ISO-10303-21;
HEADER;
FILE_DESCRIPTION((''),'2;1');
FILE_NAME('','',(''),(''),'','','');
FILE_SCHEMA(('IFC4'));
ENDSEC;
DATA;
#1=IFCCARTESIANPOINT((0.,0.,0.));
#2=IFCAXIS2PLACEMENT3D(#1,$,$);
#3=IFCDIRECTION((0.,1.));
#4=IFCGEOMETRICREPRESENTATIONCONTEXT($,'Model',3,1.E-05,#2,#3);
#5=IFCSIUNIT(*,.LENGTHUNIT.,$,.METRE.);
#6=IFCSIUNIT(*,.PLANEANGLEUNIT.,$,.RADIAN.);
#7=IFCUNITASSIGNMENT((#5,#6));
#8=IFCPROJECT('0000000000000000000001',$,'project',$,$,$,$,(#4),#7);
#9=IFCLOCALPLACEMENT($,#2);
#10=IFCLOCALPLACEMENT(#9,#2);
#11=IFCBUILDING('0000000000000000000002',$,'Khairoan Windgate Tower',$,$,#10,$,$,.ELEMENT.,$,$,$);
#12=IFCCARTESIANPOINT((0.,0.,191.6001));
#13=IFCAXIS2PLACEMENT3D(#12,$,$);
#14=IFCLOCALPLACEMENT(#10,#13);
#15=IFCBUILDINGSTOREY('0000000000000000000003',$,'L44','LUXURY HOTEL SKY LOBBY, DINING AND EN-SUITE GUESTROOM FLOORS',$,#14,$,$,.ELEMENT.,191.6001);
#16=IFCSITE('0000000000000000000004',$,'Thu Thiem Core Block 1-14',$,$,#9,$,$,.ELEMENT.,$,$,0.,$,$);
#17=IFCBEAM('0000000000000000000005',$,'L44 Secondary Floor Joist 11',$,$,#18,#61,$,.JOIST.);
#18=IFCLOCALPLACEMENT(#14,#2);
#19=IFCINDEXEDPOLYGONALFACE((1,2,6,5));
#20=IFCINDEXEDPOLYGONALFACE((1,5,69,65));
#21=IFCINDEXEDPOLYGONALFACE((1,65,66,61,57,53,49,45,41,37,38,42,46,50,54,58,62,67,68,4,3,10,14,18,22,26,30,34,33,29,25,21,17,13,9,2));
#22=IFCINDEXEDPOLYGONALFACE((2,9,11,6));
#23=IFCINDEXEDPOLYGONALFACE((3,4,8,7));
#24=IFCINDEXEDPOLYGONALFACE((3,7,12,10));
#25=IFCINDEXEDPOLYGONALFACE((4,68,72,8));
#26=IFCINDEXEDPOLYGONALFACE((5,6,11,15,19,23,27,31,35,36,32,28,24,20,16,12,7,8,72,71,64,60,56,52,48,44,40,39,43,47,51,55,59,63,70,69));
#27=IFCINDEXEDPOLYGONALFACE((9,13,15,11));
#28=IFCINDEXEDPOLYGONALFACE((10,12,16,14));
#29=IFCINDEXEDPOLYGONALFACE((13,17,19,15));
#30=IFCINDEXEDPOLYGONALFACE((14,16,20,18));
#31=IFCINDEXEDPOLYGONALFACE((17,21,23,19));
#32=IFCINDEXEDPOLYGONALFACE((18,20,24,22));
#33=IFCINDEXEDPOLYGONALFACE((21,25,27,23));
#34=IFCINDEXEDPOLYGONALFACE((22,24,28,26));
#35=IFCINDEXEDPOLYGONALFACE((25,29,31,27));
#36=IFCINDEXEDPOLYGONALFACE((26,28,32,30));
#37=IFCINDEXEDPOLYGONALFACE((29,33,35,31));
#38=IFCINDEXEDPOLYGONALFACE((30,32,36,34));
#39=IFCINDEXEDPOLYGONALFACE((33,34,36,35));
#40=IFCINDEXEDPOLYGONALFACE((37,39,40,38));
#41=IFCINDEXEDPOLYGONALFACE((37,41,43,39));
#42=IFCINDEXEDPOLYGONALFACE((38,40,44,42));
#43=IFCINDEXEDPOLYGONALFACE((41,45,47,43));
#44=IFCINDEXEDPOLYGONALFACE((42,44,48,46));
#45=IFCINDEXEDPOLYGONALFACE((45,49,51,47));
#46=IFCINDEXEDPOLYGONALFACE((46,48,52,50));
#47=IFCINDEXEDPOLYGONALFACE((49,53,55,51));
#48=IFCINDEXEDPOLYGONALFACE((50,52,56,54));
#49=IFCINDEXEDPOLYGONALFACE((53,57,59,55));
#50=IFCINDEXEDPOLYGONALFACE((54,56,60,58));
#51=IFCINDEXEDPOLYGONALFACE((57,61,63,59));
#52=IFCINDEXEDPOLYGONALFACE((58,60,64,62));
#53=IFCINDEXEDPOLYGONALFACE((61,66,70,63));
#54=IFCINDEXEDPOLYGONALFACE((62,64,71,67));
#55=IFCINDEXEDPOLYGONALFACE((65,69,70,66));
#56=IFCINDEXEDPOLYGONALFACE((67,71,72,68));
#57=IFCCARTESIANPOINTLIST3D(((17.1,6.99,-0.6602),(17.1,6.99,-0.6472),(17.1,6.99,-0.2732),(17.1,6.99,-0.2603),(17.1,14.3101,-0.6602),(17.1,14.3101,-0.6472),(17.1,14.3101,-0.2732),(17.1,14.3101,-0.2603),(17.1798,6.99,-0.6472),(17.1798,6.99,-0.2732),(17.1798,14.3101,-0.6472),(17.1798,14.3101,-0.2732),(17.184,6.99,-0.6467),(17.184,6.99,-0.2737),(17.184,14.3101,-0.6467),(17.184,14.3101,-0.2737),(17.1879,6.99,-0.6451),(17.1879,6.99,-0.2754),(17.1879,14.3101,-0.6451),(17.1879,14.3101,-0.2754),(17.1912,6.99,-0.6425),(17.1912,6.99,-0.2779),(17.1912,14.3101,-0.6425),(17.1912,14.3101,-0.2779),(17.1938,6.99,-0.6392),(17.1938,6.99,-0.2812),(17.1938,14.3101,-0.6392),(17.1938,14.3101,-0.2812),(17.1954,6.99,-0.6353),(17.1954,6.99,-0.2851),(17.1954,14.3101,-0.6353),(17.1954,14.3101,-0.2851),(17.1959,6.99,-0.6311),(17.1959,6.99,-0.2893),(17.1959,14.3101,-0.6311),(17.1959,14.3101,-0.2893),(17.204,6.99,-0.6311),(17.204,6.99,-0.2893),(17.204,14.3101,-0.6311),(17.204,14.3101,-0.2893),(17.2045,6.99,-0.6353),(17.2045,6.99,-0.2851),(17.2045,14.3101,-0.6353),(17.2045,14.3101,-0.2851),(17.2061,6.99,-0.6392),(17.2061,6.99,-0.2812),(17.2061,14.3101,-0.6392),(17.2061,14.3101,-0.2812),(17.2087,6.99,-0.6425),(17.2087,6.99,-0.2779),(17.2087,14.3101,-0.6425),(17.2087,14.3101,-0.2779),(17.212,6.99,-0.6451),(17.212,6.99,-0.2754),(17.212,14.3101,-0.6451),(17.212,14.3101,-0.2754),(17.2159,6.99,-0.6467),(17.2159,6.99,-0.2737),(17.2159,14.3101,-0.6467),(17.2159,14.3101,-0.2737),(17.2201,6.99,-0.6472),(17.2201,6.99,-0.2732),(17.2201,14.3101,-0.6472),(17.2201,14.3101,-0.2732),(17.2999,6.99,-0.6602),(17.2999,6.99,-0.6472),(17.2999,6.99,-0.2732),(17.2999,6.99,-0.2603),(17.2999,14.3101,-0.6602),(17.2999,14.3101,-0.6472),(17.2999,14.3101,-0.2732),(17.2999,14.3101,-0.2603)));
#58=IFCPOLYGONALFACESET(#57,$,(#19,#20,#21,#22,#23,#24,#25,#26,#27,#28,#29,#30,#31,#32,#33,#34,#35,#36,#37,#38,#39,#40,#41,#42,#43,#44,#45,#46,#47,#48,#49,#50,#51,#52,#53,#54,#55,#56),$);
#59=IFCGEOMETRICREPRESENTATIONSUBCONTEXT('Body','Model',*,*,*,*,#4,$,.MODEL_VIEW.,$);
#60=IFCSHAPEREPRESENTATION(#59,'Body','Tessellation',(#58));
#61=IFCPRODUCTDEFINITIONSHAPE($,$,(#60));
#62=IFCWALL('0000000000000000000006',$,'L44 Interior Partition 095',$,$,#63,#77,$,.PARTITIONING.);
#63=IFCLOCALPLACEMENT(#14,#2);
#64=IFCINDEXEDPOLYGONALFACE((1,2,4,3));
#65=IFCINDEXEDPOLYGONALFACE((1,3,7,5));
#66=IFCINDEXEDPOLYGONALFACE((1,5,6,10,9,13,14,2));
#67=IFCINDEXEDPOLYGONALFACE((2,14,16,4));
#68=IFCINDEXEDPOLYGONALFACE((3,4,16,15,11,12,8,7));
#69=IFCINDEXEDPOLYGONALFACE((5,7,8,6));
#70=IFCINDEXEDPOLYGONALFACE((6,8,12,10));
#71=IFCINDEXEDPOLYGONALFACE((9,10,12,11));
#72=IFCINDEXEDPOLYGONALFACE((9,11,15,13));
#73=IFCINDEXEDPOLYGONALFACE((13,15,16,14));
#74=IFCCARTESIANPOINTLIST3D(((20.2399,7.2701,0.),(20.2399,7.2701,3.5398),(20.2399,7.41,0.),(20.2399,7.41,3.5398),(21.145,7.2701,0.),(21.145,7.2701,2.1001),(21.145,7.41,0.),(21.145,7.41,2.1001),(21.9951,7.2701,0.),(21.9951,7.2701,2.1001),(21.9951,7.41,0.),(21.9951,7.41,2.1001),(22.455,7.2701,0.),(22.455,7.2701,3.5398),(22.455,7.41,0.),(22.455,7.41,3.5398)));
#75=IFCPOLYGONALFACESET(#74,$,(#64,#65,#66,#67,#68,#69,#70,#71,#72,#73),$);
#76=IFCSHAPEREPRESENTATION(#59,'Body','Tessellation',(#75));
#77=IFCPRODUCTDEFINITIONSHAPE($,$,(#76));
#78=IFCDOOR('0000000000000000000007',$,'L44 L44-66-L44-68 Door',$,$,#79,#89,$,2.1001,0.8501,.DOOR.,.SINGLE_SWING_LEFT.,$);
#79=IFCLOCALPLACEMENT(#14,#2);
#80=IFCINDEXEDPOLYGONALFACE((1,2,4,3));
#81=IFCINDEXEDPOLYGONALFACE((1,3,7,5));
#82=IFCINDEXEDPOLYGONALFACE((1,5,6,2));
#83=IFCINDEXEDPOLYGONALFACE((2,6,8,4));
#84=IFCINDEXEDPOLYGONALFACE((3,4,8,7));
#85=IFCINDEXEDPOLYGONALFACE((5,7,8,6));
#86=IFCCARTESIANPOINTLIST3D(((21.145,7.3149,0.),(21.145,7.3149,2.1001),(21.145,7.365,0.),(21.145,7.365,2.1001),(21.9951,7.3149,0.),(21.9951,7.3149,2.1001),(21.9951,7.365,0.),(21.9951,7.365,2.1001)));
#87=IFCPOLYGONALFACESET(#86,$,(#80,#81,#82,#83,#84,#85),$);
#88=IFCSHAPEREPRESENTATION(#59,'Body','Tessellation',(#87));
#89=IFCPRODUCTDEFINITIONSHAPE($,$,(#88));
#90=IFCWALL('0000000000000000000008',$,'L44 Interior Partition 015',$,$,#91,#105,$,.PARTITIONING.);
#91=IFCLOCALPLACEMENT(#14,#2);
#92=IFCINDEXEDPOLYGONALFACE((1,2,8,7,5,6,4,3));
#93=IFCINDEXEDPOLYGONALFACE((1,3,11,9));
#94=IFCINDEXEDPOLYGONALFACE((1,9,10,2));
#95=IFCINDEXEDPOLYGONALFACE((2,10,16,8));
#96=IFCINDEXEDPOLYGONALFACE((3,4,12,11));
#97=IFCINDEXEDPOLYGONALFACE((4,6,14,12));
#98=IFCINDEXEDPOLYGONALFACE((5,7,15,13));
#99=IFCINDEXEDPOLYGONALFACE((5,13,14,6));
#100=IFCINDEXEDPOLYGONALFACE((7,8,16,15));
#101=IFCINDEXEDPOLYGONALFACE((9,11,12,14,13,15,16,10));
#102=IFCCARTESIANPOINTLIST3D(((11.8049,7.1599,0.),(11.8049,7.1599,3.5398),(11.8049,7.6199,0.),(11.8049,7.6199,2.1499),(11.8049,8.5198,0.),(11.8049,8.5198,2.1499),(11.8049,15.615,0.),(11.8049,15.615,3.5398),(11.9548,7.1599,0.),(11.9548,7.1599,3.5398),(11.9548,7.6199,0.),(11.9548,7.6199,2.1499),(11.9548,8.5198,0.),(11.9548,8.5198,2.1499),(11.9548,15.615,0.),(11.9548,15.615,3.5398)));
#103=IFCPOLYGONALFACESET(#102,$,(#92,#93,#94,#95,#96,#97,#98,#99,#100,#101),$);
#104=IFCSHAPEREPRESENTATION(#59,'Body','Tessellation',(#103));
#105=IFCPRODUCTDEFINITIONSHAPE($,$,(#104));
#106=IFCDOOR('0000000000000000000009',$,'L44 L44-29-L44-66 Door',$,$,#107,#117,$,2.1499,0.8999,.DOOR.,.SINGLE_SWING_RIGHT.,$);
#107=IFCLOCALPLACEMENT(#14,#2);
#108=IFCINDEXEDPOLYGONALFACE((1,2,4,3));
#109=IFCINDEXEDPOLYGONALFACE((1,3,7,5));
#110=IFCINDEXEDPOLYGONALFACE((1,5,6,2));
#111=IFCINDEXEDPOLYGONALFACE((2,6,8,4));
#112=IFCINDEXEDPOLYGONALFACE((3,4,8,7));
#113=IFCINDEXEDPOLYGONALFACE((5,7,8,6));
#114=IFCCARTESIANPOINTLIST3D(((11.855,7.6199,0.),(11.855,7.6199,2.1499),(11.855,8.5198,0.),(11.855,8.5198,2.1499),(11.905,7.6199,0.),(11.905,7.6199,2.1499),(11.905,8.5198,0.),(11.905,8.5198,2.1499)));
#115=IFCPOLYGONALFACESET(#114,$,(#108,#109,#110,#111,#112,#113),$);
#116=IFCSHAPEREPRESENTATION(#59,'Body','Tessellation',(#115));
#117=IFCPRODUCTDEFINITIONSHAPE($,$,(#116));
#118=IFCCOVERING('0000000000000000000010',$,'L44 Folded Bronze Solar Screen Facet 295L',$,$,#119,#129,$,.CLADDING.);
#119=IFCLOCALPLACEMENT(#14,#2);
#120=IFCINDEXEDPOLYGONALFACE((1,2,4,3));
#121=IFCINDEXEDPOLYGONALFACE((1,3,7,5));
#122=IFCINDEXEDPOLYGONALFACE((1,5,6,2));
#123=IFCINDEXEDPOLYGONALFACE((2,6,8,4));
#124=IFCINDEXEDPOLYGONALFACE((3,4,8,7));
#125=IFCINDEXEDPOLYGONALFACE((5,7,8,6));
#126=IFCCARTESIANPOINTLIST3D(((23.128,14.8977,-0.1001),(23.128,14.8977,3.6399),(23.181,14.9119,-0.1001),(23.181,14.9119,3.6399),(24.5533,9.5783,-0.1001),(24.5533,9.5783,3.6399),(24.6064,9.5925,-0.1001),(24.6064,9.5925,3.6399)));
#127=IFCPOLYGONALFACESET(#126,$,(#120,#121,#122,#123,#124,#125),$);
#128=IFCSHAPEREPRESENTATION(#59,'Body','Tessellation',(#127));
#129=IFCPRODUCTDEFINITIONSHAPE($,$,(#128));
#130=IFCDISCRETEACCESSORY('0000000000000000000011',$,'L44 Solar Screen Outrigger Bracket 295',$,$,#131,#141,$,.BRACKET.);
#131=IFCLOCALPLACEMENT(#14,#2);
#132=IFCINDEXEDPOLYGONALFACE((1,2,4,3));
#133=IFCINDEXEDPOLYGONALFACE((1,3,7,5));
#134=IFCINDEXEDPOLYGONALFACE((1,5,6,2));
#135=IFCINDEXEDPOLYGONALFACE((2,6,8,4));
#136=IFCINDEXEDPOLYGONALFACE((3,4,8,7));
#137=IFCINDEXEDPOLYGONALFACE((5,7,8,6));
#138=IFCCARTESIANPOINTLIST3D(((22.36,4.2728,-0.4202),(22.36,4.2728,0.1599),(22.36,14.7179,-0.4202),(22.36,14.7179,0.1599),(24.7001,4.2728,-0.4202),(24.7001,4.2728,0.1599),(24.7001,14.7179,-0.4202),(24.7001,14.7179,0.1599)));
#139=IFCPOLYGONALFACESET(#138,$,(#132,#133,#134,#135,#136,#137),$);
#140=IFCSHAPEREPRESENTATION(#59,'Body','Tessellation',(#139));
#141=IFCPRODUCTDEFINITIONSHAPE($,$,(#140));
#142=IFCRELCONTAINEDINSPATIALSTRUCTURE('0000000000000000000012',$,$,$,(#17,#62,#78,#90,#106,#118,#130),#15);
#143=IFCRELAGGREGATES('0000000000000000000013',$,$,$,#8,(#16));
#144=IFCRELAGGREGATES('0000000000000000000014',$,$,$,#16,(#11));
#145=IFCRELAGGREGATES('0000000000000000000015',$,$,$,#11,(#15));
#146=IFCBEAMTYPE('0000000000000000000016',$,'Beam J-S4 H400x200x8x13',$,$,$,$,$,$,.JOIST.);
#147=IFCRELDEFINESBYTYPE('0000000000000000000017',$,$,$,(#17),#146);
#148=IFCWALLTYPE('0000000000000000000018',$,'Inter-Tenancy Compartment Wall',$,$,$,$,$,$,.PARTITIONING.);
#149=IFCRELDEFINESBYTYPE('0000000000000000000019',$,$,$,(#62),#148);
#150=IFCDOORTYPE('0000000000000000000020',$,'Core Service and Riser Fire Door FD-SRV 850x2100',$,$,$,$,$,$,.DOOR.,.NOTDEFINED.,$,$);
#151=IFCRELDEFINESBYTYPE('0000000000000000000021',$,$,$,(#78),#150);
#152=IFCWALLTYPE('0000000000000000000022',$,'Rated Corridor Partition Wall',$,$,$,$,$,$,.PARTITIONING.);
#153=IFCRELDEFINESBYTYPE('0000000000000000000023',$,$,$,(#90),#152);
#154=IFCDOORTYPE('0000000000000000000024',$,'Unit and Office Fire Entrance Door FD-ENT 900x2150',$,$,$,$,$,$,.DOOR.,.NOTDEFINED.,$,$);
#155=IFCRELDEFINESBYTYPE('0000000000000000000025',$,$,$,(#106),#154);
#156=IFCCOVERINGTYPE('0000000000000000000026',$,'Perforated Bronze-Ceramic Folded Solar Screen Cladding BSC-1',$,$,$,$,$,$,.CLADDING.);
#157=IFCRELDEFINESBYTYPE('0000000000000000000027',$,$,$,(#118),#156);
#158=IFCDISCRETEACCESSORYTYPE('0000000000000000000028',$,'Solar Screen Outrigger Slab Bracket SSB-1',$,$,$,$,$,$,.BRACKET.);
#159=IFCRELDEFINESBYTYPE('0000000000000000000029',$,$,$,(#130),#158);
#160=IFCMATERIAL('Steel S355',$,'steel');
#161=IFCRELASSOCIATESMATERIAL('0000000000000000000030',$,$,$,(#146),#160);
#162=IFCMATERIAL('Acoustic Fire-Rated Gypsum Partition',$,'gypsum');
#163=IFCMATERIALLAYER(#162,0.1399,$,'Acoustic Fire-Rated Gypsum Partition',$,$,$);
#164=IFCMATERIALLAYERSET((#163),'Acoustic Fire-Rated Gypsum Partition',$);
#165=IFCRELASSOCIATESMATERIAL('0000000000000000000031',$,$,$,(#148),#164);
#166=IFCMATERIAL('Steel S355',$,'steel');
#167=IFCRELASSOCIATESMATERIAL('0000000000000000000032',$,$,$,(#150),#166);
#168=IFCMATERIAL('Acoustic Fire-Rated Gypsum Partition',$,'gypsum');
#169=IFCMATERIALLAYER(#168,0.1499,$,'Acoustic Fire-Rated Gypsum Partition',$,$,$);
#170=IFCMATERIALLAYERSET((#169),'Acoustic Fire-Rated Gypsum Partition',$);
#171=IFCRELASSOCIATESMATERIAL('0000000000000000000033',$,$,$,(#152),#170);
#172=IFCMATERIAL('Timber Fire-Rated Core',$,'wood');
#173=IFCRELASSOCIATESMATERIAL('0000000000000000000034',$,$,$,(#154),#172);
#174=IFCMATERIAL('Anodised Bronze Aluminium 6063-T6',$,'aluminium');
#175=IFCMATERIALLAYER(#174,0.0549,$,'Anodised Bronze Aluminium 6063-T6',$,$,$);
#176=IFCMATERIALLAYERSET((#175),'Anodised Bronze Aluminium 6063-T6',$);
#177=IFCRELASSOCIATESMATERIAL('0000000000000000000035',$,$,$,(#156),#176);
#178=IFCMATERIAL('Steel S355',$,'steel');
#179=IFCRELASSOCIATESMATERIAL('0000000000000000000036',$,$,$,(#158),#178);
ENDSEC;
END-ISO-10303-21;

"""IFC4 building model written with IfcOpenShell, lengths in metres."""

from ifc_helpers import new_model, si_unit, direction, frame, frame_2d, origin, origin_2d, place, context, subcontext, project, spatial, rectangle, i_section, extrude, material, layer, layer_set, material_profile, profile_set, type_object, element, fill, save


model = new_model("IFC4")

# Units and contexts
model_context = context("Model", 3, precision=1e-05, world=origin(), true_north=direction((0.0, 1.0)))
body_context = subcontext(model_context, "Body", "Model", "MODEL_VIEW")
ifc_project = project(units=[si_unit("LENGTHUNIT", "METRE"), si_unit("PLANEANGLEUNIT", "RADIAN")], contexts=[model_context])

# Site, building, storey
site_placement = place(None, origin())
site = spatial("IfcSite", under=ifc_project, at=site_placement, Name="Thu Thiem Core Block 1-14", CompositionType="ELEMENT", RefElevation=0.0)
building_placement = place(site_placement, origin())
building = spatial("IfcBuilding", under=site, at=building_placement, Name="Khairoan Windgate Tower", CompositionType="ELEMENT")
storey_placement = place(building_placement, frame((0.0, 0.0, 191.6001)))
storey = spatial("IfcBuildingStorey", under=building, at=storey_placement, Name="L44", Description="LUXURY HOTEL SKY LOBBY, DINING AND EN-SUITE GUESTROOM FLOORS", CompositionType="ELEMENT", Elevation=191.6001)

# Beam
ifc_material_1 = material(Name="Steel S355", Category="steel")
ifc_material_profile_1 = material_profile(ifc_material_1, i_section(OverallWidth=0.2, OverallDepth=0.3999, WebThickness=0.0081, FlangeThickness=0.0129, FilletRadius=0.0161, at=origin_2d()))
ifc_profile_set_1 = profile_set([ifc_material_profile_1], Name="Steel S355")
beam_type_1 = type_object("IfcBeamType", Name="Beam J-S4 H400x200x8x13", PredefinedType="JOIST", material=ifc_profile_set_1)
beam_1_placement = place(storey_placement, frame((17.2, 6.99, -0.4602), z_axis=(0.0, 1.0, 0.0), x_axis=(-1.0, 0.0, 0.0)))
element("IfcBeam", 1, at=beam_1_placement, inside=storey, type_object=beam_type_1, Name="L44 Secondary Floor Joist 11", PredefinedType="JOIST", context=body_context, shape_type="SweptSolid", body=[
    extrude(i_section(OverallWidth=0.2, OverallDepth=0.3999, WebThickness=0.0081, FlangeThickness=0.0129, FilletRadius=0.0161, at=origin_2d()), origin(), (0.0, 0.0, 1.0), 7.3201),
])

# Walls, openings, doors
ifc_material_2 = material(Name="Acoustic Fire-Rated Gypsum Partition", Category="gypsum")
ifc_layer_1 = layer(ifc_material_2, 0.1399, Name="Acoustic Fire-Rated Gypsum Partition")
ifc_layer_set_1 = layer_set([ifc_layer_1], Name="Acoustic Fire-Rated Gypsum Partition")
wall_type_1 = type_object("IfcWallType", Name="Inter-Tenancy Compartment Wall", PredefinedType="PARTITIONING", material=ifc_layer_set_1)
wall_1_placement = place(storey_placement, frame((20.24, 7.3401, 0.0), z_axis=(0.0, 0.0, 1.0), x_axis=(1.0, 0.0, 0.0)))
wall_1 = element("IfcWall", 2, at=wall_1_placement, inside=storey, type_object=wall_type_1, Name="L44 Interior Partition 095", PredefinedType="PARTITIONING", context=body_context, shape_type="SweptSolid", body=[
    extrude(rectangle(XDim=2.2151, YDim=0.1399, at=frame_2d((1.1074, 0.0))), origin(), (0.0, 0.0, 1.0), 3.5398),
])
opening_1_placement = place(wall_1_placement, frame((0.905, 0.0, 0.0)))
opening_1 = element("IfcOpeningElement", 3, at=opening_1_placement, cuts=wall_1, PredefinedType="OPENING", context=body_context, shape_type="SweptSolid", body=[
    extrude(rectangle(XDim=0.8501, YDim=2.1001, at=frame_2d((0.425, 1.05))), frame((0.0, 0.0798, 0.0), z_axis=(0.0, -1.0, 0.0), x_axis=(1.0, 0.0, 0.0)), (0.0, 0.0, 1.0), 0.1599),
])
ifc_material_3 = material(Name="Steel S355", Category="steel")
door_type_1 = type_object("IfcDoorType", Name="Core Service and Riser Fire Door FD-SRV 850x2100", OperationType="NOTDEFINED", PredefinedType="DOOR", material=ifc_material_3)
door_1_placement = place(opening_1_placement, origin())
door_1 = element("IfcDoor", 4, at=door_1_placement, inside=storey, type_object=door_type_1, Name="L44 L44-66-L44-68 Door", OperationType="SINGLE_SWING_LEFT", OverallHeight=2.1001, OverallWidth=0.8501, PredefinedType="DOOR", context=body_context, shape_type="SweptSolid", body=[
    extrude(rectangle(XDim=0.8501, YDim=2.1001, at=frame_2d((0.425, 1.05))), frame((0.0, 0.0249, 0.0), z_axis=(0.0, -1.0, 0.0), x_axis=(1.0, 0.0, 0.0)), (0.0, 0.0, 1.0), 0.05),
])
fill(opening_1, door_1)
ifc_material_4 = material(Name="Acoustic Fire-Rated Gypsum Partition", Category="gypsum")
ifc_layer_2 = layer(ifc_material_4, 0.1499, Name="Acoustic Fire-Rated Gypsum Partition")
ifc_layer_set_2 = layer_set([ifc_layer_2], Name="Acoustic Fire-Rated Gypsum Partition")
wall_type_2 = type_object("IfcWallType", Name="Rated Corridor Partition Wall", PredefinedType="PARTITIONING", material=ifc_layer_set_2)
wall_2_placement = place(storey_placement, frame((11.8799, 7.1599, 0.0), z_axis=(0.0, 0.0, 1.0), x_axis=(0.0, 1.0, 0.0)))
wall_2 = element("IfcWall", 5, at=wall_2_placement, inside=storey, type_object=wall_type_2, Name="L44 Interior Partition 015", PredefinedType="PARTITIONING", context=body_context, shape_type="SweptSolid", body=[
    extrude(rectangle(XDim=8.4551, YDim=0.1499, at=frame_2d((4.2275, 0.0))), origin(), (0.0, 0.0, 1.0), 3.5398),
])
opening_2_placement = place(wall_2_placement, frame((0.46, 0.0, 0.0)))
opening_2 = element("IfcOpeningElement", 6, at=opening_2_placement, cuts=wall_2, PredefinedType="OPENING", context=body_context, shape_type="SweptSolid", body=[
    extrude(rectangle(XDim=0.8999, YDim=2.1499, at=frame_2d((0.45, 1.075))), frame((0.0, 0.085, 0.0), z_axis=(0.0, -1.0, 0.0), x_axis=(1.0, 0.0, 0.0)), (0.0, 0.0, 1.0), 0.1699),
])
ifc_material_5 = material(Name="Timber Fire-Rated Core", Category="wood")
door_type_2 = type_object("IfcDoorType", Name="Unit and Office Fire Entrance Door FD-ENT 900x2150", OperationType="NOTDEFINED", PredefinedType="DOOR", material=ifc_material_5)
door_2_placement = place(opening_2_placement, origin())
door_2 = element("IfcDoor", 7, at=door_2_placement, inside=storey, type_object=door_type_2, Name="L44 L44-29-L44-66 Door", OperationType="SINGLE_SWING_RIGHT", OverallHeight=2.1499, OverallWidth=0.8999, PredefinedType="DOOR", context=body_context, shape_type="SweptSolid", body=[
    extrude(rectangle(XDim=0.8999, YDim=2.1499, at=frame_2d((0.45, 1.075))), frame((0.0, 0.0249, 0.0), z_axis=(0.0, -1.0, 0.0), x_axis=(1.0, 0.0, 0.0)), (0.0, 0.0, 1.0), 0.05),
])
fill(opening_2, door_2)

# Covering
ifc_material_6 = material(Name="Anodised Bronze Aluminium 6063-T6", Category="aluminium")
ifc_layer_3 = layer(ifc_material_6, 0.0549, Name="Anodised Bronze Aluminium 6063-T6")
ifc_layer_set_3 = layer_set([ifc_layer_3], Name="Anodised Bronze Aluminium 6063-T6")
covering_type = type_object("IfcCoveringType", Name="Perforated Bronze-Ceramic Folded Solar Screen Cladding BSC-1", PredefinedType="CLADDING", material=ifc_layer_set_3)
covering_placement = place(storey_placement, frame((23.8672, 12.2451, -0.1001), z_axis=(0.0, 0.0, 1.0), x_axis=(0.258819, -0.965926, 0.0)))
element("IfcCovering", 8, at=covering_placement, inside=storey, type_object=covering_type, Name="L44 Folded Bronze Solar Screen Facet 295L", PredefinedType="CLADDING", context=body_context, shape_type="SweptSolid", body=[
    extrude(rectangle(XDim=5.5071, YDim=0.0549, at=origin_2d()), origin(), (0.0, 0.0, 1.0), 3.74),
])

# Discrete accessory
ifc_material_7 = material(Name="Steel S355", Category="steel")
discrete_accessory_type = type_object("IfcDiscreteAccessoryType", Name="Solar Screen Outrigger Slab Bracket SSB-1", PredefinedType="BRACKET", material=ifc_material_7)
discrete_accessory_placement = place(storey_placement, frame((23.53, 9.4954, -0.4202), z_axis=(0.0, 0.0, 1.0), x_axis=(0.0, -1.0, 0.0)))
element("IfcDiscreteAccessory", 9, at=discrete_accessory_placement, inside=storey, type_object=discrete_accessory_type, Name="L44 Solar Screen Outrigger Bracket 295", PredefinedType="BRACKET", context=body_context, shape_type="SweptSolid", body=[
    extrude(rectangle(XDim=10.4451, YDim=2.3401, at=origin_2d()), origin(), (0.0, 0.0, 1.0), 0.5801),
])

save(model, "model.ifc")
